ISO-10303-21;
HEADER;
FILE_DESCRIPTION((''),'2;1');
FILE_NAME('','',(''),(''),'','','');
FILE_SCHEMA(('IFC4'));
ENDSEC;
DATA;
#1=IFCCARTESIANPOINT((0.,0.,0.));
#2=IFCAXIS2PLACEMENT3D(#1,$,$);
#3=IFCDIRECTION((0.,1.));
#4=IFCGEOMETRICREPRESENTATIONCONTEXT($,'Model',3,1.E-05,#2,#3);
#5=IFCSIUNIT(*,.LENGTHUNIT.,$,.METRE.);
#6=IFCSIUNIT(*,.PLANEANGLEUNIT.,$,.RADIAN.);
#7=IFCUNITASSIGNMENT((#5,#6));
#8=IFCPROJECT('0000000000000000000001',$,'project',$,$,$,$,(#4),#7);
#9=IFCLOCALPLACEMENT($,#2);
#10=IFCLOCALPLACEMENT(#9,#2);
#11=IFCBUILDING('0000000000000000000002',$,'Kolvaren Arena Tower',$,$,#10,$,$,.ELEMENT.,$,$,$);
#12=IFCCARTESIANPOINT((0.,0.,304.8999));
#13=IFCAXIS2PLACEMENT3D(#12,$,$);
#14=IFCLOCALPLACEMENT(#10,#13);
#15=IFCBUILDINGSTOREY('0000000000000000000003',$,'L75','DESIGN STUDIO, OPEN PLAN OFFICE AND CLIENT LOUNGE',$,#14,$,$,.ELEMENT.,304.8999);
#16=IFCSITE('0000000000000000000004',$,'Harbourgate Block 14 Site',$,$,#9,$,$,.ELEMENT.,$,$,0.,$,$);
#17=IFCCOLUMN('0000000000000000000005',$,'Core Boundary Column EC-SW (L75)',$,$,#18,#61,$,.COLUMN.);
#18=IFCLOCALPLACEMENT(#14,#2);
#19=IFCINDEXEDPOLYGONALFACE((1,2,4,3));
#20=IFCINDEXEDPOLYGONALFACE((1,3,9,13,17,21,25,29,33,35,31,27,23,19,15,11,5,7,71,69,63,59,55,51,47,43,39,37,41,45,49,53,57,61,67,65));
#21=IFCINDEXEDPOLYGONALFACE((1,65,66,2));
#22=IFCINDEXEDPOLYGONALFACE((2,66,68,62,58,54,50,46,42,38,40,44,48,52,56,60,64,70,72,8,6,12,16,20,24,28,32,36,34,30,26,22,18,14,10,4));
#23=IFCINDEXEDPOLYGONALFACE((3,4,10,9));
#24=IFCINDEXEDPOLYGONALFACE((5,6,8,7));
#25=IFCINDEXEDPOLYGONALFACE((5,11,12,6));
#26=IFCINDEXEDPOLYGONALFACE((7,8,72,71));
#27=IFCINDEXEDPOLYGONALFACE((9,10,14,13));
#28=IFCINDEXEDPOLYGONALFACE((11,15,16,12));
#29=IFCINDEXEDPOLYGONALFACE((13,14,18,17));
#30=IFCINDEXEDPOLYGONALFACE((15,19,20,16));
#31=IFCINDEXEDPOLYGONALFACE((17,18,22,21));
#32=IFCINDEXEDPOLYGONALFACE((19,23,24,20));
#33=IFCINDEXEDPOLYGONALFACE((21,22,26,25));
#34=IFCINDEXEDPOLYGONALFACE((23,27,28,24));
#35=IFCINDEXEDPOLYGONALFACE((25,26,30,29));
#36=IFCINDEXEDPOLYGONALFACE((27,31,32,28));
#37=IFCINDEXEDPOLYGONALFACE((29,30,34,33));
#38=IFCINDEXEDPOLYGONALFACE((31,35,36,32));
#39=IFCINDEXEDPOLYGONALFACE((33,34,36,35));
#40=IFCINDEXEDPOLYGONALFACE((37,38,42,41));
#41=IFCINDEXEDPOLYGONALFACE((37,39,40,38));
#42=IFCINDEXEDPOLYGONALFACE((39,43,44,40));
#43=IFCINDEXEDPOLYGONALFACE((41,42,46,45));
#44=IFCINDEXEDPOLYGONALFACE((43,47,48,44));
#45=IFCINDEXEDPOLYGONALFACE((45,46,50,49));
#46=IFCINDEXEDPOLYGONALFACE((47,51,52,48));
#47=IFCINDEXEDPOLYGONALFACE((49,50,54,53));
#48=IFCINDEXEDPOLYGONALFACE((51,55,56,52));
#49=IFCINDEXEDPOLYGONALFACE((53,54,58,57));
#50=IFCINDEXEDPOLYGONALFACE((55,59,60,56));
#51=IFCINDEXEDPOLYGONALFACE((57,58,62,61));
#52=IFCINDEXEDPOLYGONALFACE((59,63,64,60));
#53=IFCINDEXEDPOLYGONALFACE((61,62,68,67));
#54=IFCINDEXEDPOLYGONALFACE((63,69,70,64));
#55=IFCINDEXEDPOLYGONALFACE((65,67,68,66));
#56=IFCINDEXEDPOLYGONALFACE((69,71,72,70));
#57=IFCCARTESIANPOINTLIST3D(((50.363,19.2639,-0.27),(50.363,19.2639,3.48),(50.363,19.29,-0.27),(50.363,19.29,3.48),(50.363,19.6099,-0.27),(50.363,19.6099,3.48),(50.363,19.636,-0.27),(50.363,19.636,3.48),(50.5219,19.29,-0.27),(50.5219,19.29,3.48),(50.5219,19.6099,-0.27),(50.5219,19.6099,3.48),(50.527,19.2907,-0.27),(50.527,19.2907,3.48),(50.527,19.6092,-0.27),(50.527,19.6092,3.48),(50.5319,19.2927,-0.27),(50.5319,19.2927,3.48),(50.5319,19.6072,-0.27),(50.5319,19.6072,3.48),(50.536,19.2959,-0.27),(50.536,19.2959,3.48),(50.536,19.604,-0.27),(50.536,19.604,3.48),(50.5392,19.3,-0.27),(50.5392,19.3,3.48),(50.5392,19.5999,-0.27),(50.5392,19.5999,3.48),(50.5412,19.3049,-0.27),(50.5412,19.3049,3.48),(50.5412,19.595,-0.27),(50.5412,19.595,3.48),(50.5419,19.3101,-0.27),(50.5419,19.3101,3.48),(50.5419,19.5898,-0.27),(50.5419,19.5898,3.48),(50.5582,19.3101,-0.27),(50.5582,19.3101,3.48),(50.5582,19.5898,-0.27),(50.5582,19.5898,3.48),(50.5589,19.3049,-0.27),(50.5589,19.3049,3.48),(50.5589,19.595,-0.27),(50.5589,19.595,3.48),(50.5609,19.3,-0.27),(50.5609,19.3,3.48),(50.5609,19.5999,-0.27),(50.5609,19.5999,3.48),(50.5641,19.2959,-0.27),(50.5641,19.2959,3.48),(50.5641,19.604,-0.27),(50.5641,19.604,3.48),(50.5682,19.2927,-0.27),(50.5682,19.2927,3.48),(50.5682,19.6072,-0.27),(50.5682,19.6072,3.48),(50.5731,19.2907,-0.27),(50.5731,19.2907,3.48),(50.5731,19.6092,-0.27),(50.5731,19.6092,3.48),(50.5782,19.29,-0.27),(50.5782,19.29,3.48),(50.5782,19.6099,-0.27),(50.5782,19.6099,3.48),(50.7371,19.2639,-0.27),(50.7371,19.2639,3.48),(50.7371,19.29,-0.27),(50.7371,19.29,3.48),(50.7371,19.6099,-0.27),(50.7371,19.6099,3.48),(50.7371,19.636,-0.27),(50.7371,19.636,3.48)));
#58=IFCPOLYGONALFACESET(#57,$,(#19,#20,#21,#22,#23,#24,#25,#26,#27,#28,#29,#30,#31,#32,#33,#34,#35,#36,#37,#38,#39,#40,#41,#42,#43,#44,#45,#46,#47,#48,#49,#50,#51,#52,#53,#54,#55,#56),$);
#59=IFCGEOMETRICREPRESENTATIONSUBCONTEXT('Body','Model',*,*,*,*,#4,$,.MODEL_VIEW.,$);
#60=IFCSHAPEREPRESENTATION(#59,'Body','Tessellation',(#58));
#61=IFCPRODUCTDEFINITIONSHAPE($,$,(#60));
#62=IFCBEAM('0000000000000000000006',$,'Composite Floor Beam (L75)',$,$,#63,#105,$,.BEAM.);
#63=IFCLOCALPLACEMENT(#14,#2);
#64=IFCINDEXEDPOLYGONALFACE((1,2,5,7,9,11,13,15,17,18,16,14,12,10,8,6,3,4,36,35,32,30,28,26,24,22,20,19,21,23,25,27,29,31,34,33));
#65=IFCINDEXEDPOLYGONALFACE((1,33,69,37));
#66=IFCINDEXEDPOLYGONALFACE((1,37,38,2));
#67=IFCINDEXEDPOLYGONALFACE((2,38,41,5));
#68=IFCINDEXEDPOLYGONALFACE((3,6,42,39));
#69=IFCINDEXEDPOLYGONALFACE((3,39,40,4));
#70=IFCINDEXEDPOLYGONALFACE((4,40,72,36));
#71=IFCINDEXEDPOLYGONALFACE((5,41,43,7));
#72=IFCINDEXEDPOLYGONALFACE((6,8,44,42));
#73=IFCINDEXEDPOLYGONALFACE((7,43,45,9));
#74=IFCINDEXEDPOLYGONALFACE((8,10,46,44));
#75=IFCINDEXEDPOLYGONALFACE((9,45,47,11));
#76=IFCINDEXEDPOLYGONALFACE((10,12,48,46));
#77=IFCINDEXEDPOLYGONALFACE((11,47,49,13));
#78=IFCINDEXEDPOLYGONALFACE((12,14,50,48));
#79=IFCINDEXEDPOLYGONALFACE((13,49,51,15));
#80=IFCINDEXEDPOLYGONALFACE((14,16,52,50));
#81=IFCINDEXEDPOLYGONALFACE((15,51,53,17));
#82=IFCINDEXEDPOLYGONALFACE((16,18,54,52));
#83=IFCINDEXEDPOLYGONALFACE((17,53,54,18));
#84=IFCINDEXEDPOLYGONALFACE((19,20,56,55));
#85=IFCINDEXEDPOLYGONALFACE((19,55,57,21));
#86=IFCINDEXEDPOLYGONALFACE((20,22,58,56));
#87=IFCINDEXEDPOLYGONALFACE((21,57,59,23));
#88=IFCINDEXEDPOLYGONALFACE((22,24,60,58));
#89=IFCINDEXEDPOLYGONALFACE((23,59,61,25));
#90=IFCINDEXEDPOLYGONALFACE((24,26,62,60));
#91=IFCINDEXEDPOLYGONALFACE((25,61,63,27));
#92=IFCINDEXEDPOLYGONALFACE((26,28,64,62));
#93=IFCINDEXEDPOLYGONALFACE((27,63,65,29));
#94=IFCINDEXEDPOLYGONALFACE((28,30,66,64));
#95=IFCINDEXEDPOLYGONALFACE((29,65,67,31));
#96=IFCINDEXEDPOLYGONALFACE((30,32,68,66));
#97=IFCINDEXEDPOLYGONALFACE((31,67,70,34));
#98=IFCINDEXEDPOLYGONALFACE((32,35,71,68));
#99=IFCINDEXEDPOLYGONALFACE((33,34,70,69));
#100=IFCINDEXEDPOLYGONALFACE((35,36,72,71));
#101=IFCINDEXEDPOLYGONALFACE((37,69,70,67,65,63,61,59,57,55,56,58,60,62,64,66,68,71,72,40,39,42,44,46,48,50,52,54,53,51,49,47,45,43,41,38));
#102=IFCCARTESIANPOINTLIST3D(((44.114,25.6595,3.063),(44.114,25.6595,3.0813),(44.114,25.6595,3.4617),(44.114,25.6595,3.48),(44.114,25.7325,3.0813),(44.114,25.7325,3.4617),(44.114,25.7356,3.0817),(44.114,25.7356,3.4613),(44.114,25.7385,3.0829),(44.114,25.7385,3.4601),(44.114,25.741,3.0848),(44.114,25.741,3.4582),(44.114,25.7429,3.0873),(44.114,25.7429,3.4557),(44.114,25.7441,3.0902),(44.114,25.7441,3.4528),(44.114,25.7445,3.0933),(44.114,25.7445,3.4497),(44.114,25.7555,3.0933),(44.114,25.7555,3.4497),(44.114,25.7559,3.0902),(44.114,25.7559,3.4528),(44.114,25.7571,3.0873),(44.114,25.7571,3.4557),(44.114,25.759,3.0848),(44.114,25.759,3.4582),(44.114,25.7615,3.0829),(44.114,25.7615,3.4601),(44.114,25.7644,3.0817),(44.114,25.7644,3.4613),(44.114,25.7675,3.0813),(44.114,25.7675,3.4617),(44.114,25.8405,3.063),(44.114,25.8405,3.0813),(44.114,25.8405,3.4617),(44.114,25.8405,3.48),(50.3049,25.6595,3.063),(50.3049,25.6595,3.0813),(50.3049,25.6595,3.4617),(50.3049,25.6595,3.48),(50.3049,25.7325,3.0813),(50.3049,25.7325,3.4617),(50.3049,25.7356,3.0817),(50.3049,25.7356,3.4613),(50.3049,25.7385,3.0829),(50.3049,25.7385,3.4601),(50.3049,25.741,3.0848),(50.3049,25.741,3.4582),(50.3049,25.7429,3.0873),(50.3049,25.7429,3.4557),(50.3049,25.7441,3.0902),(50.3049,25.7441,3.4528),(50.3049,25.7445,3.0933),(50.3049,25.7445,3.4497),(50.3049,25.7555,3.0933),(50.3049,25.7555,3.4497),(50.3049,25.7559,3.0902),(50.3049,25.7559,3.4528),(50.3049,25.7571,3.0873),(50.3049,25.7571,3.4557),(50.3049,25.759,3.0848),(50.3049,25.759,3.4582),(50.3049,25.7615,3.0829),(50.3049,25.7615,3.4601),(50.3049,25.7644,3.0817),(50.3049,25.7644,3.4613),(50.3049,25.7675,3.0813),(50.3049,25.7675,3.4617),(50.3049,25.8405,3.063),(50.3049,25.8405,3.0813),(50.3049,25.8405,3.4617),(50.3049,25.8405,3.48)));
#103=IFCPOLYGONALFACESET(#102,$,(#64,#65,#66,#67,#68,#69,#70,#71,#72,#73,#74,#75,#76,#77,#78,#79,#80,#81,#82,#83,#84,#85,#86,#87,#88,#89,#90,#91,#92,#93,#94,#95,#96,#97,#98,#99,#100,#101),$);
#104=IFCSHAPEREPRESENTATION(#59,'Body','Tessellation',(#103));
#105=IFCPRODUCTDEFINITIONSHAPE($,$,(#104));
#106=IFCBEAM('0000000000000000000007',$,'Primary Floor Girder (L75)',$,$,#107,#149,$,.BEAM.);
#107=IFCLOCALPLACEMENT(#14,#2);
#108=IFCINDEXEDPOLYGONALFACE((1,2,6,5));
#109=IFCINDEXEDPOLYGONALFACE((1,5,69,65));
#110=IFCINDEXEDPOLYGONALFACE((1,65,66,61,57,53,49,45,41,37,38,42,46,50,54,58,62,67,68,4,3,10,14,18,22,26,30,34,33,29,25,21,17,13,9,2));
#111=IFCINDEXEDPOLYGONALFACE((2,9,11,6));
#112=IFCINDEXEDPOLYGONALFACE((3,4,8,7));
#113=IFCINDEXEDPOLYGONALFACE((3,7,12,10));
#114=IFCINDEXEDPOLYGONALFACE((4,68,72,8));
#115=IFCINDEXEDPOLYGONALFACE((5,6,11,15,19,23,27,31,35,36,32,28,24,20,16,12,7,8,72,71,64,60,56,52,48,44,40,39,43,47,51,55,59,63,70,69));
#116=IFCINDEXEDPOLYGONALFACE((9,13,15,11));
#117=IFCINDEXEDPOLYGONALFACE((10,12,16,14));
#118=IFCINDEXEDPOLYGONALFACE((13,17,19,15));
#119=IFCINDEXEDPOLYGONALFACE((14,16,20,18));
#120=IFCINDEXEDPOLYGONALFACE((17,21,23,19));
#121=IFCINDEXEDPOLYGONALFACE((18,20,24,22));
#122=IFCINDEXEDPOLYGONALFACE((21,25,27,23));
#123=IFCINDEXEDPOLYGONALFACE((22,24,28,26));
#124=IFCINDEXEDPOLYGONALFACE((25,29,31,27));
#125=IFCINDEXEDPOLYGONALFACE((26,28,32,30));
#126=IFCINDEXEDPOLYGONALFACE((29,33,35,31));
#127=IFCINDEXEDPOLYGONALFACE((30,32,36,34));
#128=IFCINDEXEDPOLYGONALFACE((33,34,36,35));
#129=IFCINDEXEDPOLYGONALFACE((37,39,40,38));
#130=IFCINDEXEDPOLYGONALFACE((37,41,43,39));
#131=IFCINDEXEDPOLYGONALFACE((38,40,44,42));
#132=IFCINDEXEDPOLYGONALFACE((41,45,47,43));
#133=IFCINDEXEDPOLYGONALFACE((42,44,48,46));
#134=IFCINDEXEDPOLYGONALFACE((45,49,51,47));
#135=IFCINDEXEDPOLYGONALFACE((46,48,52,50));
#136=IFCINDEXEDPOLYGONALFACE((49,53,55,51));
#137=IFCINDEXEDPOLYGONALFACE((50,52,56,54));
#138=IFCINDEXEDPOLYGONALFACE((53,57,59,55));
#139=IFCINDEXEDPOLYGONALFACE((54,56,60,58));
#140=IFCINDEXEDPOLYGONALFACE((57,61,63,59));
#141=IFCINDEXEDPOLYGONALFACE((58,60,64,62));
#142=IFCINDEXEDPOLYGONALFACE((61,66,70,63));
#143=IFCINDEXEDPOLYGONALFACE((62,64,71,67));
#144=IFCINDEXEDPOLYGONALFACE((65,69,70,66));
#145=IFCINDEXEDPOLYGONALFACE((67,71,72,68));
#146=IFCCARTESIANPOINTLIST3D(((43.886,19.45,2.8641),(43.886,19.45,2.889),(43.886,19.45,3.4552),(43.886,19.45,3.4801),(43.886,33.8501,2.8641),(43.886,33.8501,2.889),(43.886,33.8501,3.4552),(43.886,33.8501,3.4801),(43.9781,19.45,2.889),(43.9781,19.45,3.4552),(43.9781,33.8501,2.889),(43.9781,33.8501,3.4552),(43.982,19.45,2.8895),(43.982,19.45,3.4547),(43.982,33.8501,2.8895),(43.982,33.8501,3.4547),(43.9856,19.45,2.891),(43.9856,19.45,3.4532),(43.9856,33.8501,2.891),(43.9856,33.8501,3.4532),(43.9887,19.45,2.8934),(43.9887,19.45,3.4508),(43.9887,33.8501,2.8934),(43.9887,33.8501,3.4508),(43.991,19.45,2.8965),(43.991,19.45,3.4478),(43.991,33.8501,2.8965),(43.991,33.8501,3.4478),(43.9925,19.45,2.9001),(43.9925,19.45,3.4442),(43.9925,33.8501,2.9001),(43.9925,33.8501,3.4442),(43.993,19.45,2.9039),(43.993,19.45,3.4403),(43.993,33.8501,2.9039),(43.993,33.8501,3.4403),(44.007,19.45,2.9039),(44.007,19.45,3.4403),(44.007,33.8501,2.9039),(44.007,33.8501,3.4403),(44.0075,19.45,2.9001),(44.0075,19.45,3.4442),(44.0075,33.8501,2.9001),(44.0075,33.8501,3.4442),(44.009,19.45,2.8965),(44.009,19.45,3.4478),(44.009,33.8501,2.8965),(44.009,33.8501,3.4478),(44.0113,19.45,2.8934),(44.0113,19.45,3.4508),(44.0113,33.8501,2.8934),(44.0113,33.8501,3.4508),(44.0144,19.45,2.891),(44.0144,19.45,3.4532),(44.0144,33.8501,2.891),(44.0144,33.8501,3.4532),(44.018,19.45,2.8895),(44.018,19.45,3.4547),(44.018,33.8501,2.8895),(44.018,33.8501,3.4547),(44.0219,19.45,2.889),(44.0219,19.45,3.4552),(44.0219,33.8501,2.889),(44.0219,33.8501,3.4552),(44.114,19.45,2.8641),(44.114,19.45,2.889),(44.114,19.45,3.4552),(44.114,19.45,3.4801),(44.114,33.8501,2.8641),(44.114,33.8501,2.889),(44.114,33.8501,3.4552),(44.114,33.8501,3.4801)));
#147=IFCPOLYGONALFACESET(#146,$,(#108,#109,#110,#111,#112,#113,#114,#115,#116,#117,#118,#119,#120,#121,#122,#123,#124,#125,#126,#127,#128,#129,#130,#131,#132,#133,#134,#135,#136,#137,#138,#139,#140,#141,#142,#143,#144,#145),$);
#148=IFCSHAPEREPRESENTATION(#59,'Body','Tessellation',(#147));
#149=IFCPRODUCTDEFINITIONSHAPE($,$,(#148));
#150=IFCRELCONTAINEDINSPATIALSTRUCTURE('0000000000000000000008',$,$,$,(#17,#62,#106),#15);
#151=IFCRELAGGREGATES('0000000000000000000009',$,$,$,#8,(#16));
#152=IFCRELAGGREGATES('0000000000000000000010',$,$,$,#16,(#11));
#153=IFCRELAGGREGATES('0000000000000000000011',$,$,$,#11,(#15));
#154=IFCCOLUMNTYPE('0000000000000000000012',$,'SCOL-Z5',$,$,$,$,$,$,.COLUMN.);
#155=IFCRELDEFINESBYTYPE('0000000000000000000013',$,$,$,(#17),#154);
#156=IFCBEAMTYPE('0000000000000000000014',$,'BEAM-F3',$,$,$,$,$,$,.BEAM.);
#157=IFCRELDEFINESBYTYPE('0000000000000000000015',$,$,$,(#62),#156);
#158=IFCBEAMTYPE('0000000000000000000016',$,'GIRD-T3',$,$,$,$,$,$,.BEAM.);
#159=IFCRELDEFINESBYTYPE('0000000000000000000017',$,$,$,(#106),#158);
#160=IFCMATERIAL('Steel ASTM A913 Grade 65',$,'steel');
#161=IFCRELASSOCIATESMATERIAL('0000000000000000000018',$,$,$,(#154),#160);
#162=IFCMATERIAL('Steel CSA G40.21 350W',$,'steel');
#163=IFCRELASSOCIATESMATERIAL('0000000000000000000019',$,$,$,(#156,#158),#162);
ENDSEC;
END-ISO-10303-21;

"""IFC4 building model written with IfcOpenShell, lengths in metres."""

from ifc_helpers import new_model, si_unit, direction, frame, origin, origin_2d, place, context, subcontext, project, spatial, i_section, extrude, material, material_profile, profile_set, type_object, element, save


model = new_model("IFC4")

# Units and contexts
model_context = context("Model", 3, precision=1e-05, world=origin(), true_north=direction((0.0, 1.0)))
body_context = subcontext(model_context, "Body", "Model", "MODEL_VIEW")
ifc_project = project(units=[si_unit("LENGTHUNIT", "METRE"), si_unit("PLANEANGLEUNIT", "RADIAN")], contexts=[model_context])

# Site, building, storey
site_placement = place(None, origin())
site = spatial("IfcSite", under=ifc_project, at=site_placement, Name="Harbourgate Block 14 Site", CompositionType="ELEMENT", RefElevation=0.0)
building_placement = place(site_placement, origin())
building = spatial("IfcBuilding", under=site, at=building_placement, Name="Kolvaren Arena Tower", CompositionType="ELEMENT")
storey_placement = place(building_placement, frame((0.0, 0.0, 304.8999)))
storey = spatial("IfcBuildingStorey", under=building, at=storey_placement, Name="L75", Description="DESIGN STUDIO, OPEN PLAN OFFICE AND CLIENT LOUNGE", CompositionType="ELEMENT", Elevation=304.8999)

# Column
ifc_material_1 = material(Name="Steel ASTM A913 Grade 65", Category="steel")
ifc_material_profile_1 = material_profile(ifc_material_1, i_section(OverallWidth=0.374, OverallDepth=0.3721, WebThickness=0.0164, FlangeThickness=0.0261, FilletRadius=0.02, at=origin_2d()), Name="W360x196")
ifc_profile_set_1 = profile_set([ifc_material_profile_1], Name="Steel ASTM A913 Grade 65")
column_type = type_object("IfcColumnType", Name="SCOL-Z5", PredefinedType="COLUMN", material=ifc_profile_set_1)
column_placement = place(storey_placement, frame((50.55, 19.45, -0.27), z_axis=(0.0, 0.0, 1.0), x_axis=(1.0, 0.0, 0.0)))
element("IfcColumn", 1, at=column_placement, inside=storey, type_object=column_type, Name="Core Boundary Column EC-SW (L75)", PredefinedType="COLUMN", context=body_context, shape_type="SweptSolid", body=[
    extrude(i_section(OverallWidth=0.374, OverallDepth=0.3721, WebThickness=0.0164, FlangeThickness=0.0261, FilletRadius=0.02, at=origin_2d()), origin(), (0.0, 0.0, 1.0), 3.75),
])

# Beams
ifc_material_2 = material(Name="Steel CSA G40.21 350W", Category="steel")
ifc_material_profile_2 = material_profile(ifc_material_2, i_section(OverallWidth=0.1809, OverallDepth=0.417, WebThickness=0.011, FlangeThickness=0.0183, FilletRadius=0.012, at=origin_2d()), Name="W410x85")
ifc_profile_set_2 = profile_set([ifc_material_profile_2], Name="Steel CSA G40.21 350W")
beam_type_1 = type_object("IfcBeamType", Name="BEAM-F3", PredefinedType="BEAM", material=ifc_profile_set_2)
beam_1_placement = place(storey_placement, frame((44.114, 25.75, 3.2715), z_axis=(1.0, 0.0, 0.0), x_axis=(0.0, 1.0, 0.0)))
element("IfcBeam", 2, at=beam_1_placement, inside=storey, type_object=beam_type_1, Name="Composite Floor Beam (L75)", PredefinedType="BEAM", context=body_context, shape_type="SweptSolid", body=[
    extrude(i_section(OverallWidth=0.1809, OverallDepth=0.417, WebThickness=0.011, FlangeThickness=0.0183, FilletRadius=0.012, at=origin_2d()), origin(), (0.0, 0.0, 1.0), 6.1909),
])
ifc_material_profile_3 = material_profile(ifc_material_2, i_section(OverallWidth=0.228, OverallDepth=0.616, WebThickness=0.0139, FlangeThickness=0.0249, FilletRadius=0.0149, at=origin_2d()), Name="W610x174")
ifc_profile_set_3 = profile_set([ifc_material_profile_3], Name="Steel CSA G40.21 350W")
beam_type_2 = type_object("IfcBeamType", Name="GIRD-T3", PredefinedType="BEAM", material=ifc_profile_set_3)
beam_2_placement = place(storey_placement, frame((44.0, 19.45, 3.1721), z_axis=(0.0, 1.0, 0.0), x_axis=(-1.0, 0.0, 0.0)))
element("IfcBeam", 3, at=beam_2_placement, inside=storey, type_object=beam_type_2, Name="Primary Floor Girder (L75)", PredefinedType="BEAM", context=body_context, shape_type="SweptSolid", body=[
    extrude(i_section(OverallWidth=0.228, OverallDepth=0.616, WebThickness=0.0139, FlangeThickness=0.0249, FilletRadius=0.0149, at=origin_2d()), origin(), (0.0, 0.0, 1.0), 14.4001),
])

save(model, "model.ifc")
